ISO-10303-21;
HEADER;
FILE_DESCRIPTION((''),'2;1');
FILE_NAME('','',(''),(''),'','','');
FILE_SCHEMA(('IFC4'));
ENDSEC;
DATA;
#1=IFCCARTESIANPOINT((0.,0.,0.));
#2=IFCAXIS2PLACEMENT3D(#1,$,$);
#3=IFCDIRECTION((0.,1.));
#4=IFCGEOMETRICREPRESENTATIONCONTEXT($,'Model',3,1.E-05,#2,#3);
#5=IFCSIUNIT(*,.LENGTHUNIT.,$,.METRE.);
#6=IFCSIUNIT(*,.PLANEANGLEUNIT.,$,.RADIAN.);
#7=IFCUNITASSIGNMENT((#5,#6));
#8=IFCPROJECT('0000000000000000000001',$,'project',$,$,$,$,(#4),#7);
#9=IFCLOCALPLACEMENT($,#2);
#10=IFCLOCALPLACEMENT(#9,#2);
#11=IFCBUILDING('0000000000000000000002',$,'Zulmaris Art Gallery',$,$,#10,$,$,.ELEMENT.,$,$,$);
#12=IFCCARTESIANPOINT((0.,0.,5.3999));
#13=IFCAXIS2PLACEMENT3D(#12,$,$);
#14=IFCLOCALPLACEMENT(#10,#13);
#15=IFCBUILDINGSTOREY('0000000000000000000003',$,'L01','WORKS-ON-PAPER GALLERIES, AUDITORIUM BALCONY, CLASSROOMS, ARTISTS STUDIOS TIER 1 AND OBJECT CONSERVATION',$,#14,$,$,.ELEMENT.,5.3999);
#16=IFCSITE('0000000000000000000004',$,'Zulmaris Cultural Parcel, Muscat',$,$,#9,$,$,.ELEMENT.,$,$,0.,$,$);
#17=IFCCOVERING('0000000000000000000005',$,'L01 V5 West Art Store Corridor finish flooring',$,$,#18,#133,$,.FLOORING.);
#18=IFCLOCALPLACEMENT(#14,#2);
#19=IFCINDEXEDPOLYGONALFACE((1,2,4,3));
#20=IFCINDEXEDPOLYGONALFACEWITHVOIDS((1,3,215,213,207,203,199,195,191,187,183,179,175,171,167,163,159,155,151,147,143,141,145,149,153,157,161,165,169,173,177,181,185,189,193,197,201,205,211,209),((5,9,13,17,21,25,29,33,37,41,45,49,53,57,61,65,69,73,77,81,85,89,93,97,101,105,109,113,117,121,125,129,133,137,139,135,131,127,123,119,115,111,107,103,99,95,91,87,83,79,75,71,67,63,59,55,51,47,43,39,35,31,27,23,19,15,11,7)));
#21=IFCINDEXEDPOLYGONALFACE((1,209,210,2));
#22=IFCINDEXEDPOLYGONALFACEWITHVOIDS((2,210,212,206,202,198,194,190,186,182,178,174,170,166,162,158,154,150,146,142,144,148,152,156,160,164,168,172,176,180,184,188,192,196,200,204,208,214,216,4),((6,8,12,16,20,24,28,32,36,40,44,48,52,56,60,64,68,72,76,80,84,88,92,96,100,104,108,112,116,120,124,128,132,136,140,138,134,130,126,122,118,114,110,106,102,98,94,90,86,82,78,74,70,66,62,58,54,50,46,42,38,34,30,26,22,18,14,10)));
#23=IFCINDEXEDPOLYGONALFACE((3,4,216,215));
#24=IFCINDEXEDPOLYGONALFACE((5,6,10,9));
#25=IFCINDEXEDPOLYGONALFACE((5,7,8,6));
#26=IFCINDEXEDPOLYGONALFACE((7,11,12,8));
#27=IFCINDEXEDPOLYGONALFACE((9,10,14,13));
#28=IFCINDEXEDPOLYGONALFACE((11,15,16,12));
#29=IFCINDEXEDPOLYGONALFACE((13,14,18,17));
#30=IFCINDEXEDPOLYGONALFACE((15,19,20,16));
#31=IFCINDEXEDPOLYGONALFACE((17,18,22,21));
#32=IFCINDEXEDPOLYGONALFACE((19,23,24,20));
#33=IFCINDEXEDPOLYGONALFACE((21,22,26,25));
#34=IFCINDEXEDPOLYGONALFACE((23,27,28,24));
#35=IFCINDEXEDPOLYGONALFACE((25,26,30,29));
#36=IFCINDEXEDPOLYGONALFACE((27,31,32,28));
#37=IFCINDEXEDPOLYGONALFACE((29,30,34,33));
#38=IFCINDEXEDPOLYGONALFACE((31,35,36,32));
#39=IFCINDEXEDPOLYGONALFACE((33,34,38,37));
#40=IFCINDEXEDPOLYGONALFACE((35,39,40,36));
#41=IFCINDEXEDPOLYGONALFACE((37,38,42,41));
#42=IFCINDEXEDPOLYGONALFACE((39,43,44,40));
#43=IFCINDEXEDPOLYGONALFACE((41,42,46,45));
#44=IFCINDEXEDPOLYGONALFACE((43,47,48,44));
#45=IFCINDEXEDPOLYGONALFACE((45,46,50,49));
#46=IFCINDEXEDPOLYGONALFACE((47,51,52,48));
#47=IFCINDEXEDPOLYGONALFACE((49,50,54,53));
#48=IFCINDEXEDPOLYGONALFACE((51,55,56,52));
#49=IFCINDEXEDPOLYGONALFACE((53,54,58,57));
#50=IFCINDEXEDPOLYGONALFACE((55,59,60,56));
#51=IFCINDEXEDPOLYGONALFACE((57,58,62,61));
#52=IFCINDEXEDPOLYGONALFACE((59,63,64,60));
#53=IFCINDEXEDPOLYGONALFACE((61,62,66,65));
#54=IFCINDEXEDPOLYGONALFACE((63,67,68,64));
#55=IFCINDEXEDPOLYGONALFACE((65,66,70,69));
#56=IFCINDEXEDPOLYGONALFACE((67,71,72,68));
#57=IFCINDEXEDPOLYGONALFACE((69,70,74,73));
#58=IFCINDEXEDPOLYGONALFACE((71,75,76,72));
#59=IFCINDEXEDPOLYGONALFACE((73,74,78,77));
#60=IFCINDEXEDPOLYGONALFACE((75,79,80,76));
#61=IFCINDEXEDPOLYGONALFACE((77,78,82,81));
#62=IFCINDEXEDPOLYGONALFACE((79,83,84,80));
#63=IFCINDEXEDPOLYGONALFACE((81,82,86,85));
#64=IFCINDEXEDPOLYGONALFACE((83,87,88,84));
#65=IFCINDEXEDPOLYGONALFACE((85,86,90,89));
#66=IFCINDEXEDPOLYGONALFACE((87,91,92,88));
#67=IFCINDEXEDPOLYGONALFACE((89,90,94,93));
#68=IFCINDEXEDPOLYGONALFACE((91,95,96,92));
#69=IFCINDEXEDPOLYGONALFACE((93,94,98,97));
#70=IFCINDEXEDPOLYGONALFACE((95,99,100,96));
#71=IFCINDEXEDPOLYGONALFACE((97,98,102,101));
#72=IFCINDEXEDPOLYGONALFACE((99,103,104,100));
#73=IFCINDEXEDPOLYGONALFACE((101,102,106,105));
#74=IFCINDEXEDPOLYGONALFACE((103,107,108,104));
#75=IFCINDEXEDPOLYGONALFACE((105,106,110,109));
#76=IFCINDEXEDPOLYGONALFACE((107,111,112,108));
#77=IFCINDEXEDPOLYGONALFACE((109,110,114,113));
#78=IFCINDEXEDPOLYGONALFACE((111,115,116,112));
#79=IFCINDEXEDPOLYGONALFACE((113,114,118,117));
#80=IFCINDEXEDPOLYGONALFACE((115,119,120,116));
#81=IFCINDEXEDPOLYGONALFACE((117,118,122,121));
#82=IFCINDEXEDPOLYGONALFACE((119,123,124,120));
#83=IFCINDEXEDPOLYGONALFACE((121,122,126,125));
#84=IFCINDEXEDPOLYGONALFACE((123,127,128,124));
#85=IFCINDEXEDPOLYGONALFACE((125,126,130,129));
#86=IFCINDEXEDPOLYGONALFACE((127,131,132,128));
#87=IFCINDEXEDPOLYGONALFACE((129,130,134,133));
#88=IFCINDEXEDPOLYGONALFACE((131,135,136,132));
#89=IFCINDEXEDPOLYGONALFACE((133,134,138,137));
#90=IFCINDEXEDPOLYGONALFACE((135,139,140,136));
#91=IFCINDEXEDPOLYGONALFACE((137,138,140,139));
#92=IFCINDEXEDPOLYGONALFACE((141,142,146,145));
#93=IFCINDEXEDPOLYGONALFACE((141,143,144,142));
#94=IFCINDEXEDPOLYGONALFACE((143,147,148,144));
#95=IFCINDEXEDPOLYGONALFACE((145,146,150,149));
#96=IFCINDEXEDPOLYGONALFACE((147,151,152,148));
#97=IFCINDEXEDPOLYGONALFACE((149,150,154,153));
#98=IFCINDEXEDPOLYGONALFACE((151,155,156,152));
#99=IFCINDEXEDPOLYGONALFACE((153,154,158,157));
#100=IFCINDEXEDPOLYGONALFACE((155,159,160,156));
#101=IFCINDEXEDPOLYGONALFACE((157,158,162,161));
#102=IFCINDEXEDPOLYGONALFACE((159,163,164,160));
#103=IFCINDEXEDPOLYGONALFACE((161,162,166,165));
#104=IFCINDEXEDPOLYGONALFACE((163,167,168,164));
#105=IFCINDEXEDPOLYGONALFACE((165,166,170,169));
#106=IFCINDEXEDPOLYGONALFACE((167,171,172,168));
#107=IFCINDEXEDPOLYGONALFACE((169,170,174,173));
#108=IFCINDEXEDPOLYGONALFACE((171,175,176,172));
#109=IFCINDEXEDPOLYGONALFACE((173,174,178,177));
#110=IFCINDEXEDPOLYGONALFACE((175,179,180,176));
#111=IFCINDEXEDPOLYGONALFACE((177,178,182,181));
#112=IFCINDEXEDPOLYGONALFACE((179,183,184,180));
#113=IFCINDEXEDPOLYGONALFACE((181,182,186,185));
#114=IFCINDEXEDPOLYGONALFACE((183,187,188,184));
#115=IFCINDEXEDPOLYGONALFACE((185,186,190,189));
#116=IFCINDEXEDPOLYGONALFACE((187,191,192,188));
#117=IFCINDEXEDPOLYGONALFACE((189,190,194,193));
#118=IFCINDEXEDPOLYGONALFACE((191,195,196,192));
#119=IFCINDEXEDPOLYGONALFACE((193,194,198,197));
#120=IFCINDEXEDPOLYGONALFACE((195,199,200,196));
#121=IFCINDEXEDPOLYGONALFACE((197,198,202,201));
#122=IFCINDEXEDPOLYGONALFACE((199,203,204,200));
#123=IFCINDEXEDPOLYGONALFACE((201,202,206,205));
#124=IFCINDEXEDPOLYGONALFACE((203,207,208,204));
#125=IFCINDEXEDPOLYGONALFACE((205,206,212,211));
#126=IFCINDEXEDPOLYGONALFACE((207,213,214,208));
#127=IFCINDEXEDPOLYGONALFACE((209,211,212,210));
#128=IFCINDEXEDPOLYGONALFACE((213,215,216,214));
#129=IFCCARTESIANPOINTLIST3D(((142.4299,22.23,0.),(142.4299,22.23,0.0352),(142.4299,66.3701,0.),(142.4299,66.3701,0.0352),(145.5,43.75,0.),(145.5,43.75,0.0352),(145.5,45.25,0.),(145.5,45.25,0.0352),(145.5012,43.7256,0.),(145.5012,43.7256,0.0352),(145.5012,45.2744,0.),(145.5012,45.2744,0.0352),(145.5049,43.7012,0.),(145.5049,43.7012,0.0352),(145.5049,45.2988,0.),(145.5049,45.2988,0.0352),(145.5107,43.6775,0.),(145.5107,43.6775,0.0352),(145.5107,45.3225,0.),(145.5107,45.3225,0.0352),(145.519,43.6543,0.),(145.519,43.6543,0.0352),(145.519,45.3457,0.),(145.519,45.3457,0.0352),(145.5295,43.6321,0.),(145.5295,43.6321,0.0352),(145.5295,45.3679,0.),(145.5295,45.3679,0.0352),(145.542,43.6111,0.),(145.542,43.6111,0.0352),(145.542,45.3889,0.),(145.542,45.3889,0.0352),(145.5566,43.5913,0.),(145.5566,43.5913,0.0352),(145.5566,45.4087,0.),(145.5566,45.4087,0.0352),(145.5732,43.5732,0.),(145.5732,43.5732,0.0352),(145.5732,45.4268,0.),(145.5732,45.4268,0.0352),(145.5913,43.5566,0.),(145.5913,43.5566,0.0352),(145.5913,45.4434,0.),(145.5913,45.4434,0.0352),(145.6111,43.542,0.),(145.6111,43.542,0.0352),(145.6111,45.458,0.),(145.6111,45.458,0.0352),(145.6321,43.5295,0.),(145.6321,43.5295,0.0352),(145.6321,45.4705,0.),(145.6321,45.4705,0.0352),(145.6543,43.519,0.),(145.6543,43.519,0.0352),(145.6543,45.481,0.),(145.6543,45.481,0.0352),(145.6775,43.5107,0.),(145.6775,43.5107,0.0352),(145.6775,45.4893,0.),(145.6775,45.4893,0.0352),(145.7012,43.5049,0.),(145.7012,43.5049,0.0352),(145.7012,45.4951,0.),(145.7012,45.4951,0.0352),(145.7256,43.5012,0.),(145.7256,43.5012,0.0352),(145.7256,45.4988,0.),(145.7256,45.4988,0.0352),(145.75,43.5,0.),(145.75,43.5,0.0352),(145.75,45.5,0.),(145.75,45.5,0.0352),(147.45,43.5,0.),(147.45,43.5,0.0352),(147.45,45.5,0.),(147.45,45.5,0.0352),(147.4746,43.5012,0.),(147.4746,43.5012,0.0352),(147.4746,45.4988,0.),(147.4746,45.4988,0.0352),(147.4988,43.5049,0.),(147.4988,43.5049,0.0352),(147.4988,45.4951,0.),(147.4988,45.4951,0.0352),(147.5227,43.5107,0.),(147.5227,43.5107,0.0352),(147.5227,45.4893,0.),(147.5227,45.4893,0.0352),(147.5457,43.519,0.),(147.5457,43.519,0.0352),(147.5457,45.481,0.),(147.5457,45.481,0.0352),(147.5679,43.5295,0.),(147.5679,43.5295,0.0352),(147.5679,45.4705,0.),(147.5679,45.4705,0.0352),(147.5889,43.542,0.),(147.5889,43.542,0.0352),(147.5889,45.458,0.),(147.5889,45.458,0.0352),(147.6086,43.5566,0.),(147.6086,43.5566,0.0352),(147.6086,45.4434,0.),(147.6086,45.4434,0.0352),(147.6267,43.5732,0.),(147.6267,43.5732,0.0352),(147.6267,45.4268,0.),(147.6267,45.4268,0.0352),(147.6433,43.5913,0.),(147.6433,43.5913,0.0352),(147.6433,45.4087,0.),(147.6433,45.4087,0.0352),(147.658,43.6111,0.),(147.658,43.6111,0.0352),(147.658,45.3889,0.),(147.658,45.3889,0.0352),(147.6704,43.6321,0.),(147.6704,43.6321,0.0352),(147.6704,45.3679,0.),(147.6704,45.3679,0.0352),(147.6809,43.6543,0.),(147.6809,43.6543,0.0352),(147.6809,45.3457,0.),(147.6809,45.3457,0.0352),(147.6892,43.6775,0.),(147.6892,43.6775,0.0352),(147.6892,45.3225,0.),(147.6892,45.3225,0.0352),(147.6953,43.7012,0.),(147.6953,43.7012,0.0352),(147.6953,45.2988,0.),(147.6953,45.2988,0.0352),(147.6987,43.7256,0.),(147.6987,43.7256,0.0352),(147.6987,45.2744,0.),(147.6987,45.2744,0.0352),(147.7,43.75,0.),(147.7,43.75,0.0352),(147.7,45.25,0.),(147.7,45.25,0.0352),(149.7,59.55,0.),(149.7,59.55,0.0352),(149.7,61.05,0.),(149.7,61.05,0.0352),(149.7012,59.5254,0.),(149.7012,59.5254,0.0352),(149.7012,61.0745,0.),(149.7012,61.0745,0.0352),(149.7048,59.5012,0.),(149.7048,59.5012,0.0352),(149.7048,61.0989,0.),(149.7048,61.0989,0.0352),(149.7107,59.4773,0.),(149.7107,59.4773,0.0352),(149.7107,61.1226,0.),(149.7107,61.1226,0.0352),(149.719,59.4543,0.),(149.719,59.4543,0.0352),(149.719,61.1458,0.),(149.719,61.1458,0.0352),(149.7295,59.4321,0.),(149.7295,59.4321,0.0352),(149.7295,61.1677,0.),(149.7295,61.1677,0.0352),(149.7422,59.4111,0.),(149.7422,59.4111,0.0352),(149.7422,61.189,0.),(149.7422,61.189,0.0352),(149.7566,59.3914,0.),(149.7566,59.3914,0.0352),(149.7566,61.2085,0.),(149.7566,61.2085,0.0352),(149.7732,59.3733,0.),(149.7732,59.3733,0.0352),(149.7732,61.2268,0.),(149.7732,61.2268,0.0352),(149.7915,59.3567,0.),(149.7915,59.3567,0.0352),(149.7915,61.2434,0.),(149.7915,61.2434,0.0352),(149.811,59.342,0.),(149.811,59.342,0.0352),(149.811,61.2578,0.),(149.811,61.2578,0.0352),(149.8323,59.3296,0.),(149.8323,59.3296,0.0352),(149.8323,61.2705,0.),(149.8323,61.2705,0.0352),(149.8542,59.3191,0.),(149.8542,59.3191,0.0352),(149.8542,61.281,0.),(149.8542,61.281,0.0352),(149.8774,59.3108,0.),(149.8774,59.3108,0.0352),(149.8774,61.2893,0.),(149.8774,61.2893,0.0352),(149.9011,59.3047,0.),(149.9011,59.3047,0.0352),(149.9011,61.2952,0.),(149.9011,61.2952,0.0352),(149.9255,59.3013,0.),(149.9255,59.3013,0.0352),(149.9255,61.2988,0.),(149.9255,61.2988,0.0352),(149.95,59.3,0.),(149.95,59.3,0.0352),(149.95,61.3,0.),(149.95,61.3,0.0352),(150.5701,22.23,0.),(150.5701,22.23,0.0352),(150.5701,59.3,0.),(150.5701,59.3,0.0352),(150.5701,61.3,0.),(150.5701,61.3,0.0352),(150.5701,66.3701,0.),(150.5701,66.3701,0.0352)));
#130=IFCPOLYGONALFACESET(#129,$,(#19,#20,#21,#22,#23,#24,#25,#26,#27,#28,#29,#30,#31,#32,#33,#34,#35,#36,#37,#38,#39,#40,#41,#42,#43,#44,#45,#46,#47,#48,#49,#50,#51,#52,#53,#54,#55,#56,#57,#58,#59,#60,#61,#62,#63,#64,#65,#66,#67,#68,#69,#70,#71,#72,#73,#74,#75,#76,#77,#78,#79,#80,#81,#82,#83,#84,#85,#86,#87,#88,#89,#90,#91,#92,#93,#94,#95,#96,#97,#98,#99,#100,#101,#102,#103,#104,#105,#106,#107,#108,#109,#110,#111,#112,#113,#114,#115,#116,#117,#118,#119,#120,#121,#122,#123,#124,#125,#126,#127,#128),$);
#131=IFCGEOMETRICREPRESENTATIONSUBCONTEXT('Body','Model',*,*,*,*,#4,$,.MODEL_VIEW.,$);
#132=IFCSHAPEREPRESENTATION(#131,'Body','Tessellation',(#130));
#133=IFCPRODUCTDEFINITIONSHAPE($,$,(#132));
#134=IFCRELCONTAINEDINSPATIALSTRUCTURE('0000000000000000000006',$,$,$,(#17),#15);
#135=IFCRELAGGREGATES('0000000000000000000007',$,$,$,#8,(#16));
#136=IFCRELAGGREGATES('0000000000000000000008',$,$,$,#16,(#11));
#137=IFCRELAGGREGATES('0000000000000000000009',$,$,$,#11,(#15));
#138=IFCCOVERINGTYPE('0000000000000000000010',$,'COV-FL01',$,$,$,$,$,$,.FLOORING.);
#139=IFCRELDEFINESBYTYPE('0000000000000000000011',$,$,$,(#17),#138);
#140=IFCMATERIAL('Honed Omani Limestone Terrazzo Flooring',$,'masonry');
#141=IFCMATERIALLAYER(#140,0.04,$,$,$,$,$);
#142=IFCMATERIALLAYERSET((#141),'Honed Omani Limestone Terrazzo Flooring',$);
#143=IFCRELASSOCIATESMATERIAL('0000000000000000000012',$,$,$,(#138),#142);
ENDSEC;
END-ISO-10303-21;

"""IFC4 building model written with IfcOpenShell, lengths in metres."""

from ifc_helpers import new_model, si_unit, direction, frame, origin, place, context, subcontext, project, spatial, polyline, outline, extrude, material, layer, layer_set, type_object, element, save


model = new_model("IFC4")

# Units and contexts
model_context = context("Model", 3, precision=1e-05, world=origin(), true_north=direction((0.0, 1.0)))
body_context = subcontext(model_context, "Body", "Model", "MODEL_VIEW")
ifc_project = project(units=[si_unit("LENGTHUNIT", "METRE"), si_unit("PLANEANGLEUNIT", "RADIAN")], contexts=[model_context])

# Site, building, storey
site_placement = place(None, origin())
site = spatial("IfcSite", under=ifc_project, at=site_placement, Name="Zulmaris Cultural Parcel, Muscat", CompositionType="ELEMENT", RefElevation=0.0)
building_placement = place(site_placement, origin())
building = spatial("IfcBuilding", under=site, at=building_placement, Name="Zulmaris Art Gallery", CompositionType="ELEMENT")
storey_placement = place(building_placement, frame((0.0, 0.0, 5.3999)))
storey = spatial("IfcBuildingStorey", under=building, at=storey_placement, Name="L01", Description="WORKS-ON-PAPER GALLERIES, AUDITORIUM BALCONY, CLASSROOMS, ARTISTS STUDIOS TIER 1 AND OBJECT CONSERVATION", CompositionType="ELEMENT", Elevation=5.3999)

# Covering
ifc_material_1 = material(Name="Honed Omani Limestone Terrazzo Flooring", Category="masonry")
ifc_layer_1 = layer(ifc_material_1, 0.04)
ifc_layer_set_1 = layer_set([ifc_layer_1], Name="Honed Omani Limestone Terrazzo Flooring")
covering_type_1 = type_object("IfcCoveringType", Name="COV-FL01", PredefinedType="FLOORING", material=ifc_layer_set_1)
covering_1_placement = place(storey_placement, origin())
element("IfcCovering", 1, at=covering_1_placement, inside=storey, type_object=covering_type_1, Name="L01 V5 West Art Store Corridor finish flooring", PredefinedType="FLOORING", context=body_context, shape_type="SweptSolid", body=[
    extrude(outline(polyline([(150.5701, 66.3701), (150.5701, 61.3), (149.95, 61.3), (149.9255, 61.2988), (149.9011, 61.2952), (149.8774, 61.2893), (149.8542, 61.281), (149.8323, 61.2705), (149.811, 61.2578), (149.7915, 61.2434), (149.7732, 61.2268), (149.7566, 61.2085), (149.7422, 61.189), (149.7295, 61.1677), (149.719, 61.1458), (149.7107, 61.1226), (149.7048, 61.0989), (149.7012, 61.0745), (149.7, 61.05), (149.7, 59.55), (149.7012, 59.5254), (149.7048, 59.5012), (149.7107, 59.4773), (149.719, 59.4543), (149.7295, 59.4321), (149.7422, 59.4111), (149.7566, 59.3914), (149.7732, 59.3733), (149.7915, 59.3567), (149.811, 59.342), (149.8323, 59.3296), (149.8542, 59.3191), (149.8774, 59.3108), (149.9011, 59.3047), (149.9255, 59.3013), (149.95, 59.3), (150.5701, 59.3), (150.5701, 22.23), (142.4299, 22.23), (142.4299, 66.3701), (150.5701, 66.3701)]), holes=[polyline([(145.7256, 45.4988), (145.7012, 45.4951), (145.6775, 45.4893), (145.6543, 45.481), (145.6321, 45.4705), (145.6111, 45.458), (145.5913, 45.4434), (145.5732, 45.4268), (145.5566, 45.4087), (145.542, 45.3889), (145.5295, 45.3679), (145.519, 45.3457), (145.5107, 45.3225), (145.5049, 45.2988), (145.5012, 45.2744), (145.5, 45.25), (145.5, 43.75), (145.5012, 43.7256), (145.5049, 43.7012), (145.5107, 43.6775), (145.519, 43.6543), (145.5295, 43.6321), (145.542, 43.6111), (145.5566, 43.5913), (145.5732, 43.5732), (145.5913, 43.5566), (145.6111, 43.542), (145.6321, 43.5295), (145.6543, 43.519), (145.6775, 43.5107), (145.7012, 43.5049), (145.7256, 43.5012), (145.75, 43.5), (147.45, 43.5), (147.4746, 43.5012), (147.4988, 43.5049), (147.5227, 43.5107), (147.5457, 43.519), (147.5679, 43.5295), (147.5889, 43.542), (147.6086, 43.5566), (147.6267, 43.5732), (147.6433, 43.5913), (147.658, 43.6111), (147.6704, 43.6321), (147.6809, 43.6543), (147.6892, 43.6775), (147.6953, 43.7012), (147.6987, 43.7256), (147.7, 43.75), (147.7, 45.25), (147.6987, 45.2744), (147.6953, 45.2988), (147.6892, 45.3225), (147.6809, 45.3457), (147.6704, 45.3679), (147.658, 45.3889), (147.6433, 45.4087), (147.6267, 45.4268), (147.6086, 45.4434), (147.5889, 45.458), (147.5679, 45.4705), (147.5457, 45.481), (147.5227, 45.4893), (147.4988, 45.4951), (147.4746, 45.4988), (147.45, 45.5), (145.75, 45.5), (145.7256, 45.4988)])]), origin(), (0.0, 0.0, 1.0), 0.0352),
])

save(model, "model.ifc")
